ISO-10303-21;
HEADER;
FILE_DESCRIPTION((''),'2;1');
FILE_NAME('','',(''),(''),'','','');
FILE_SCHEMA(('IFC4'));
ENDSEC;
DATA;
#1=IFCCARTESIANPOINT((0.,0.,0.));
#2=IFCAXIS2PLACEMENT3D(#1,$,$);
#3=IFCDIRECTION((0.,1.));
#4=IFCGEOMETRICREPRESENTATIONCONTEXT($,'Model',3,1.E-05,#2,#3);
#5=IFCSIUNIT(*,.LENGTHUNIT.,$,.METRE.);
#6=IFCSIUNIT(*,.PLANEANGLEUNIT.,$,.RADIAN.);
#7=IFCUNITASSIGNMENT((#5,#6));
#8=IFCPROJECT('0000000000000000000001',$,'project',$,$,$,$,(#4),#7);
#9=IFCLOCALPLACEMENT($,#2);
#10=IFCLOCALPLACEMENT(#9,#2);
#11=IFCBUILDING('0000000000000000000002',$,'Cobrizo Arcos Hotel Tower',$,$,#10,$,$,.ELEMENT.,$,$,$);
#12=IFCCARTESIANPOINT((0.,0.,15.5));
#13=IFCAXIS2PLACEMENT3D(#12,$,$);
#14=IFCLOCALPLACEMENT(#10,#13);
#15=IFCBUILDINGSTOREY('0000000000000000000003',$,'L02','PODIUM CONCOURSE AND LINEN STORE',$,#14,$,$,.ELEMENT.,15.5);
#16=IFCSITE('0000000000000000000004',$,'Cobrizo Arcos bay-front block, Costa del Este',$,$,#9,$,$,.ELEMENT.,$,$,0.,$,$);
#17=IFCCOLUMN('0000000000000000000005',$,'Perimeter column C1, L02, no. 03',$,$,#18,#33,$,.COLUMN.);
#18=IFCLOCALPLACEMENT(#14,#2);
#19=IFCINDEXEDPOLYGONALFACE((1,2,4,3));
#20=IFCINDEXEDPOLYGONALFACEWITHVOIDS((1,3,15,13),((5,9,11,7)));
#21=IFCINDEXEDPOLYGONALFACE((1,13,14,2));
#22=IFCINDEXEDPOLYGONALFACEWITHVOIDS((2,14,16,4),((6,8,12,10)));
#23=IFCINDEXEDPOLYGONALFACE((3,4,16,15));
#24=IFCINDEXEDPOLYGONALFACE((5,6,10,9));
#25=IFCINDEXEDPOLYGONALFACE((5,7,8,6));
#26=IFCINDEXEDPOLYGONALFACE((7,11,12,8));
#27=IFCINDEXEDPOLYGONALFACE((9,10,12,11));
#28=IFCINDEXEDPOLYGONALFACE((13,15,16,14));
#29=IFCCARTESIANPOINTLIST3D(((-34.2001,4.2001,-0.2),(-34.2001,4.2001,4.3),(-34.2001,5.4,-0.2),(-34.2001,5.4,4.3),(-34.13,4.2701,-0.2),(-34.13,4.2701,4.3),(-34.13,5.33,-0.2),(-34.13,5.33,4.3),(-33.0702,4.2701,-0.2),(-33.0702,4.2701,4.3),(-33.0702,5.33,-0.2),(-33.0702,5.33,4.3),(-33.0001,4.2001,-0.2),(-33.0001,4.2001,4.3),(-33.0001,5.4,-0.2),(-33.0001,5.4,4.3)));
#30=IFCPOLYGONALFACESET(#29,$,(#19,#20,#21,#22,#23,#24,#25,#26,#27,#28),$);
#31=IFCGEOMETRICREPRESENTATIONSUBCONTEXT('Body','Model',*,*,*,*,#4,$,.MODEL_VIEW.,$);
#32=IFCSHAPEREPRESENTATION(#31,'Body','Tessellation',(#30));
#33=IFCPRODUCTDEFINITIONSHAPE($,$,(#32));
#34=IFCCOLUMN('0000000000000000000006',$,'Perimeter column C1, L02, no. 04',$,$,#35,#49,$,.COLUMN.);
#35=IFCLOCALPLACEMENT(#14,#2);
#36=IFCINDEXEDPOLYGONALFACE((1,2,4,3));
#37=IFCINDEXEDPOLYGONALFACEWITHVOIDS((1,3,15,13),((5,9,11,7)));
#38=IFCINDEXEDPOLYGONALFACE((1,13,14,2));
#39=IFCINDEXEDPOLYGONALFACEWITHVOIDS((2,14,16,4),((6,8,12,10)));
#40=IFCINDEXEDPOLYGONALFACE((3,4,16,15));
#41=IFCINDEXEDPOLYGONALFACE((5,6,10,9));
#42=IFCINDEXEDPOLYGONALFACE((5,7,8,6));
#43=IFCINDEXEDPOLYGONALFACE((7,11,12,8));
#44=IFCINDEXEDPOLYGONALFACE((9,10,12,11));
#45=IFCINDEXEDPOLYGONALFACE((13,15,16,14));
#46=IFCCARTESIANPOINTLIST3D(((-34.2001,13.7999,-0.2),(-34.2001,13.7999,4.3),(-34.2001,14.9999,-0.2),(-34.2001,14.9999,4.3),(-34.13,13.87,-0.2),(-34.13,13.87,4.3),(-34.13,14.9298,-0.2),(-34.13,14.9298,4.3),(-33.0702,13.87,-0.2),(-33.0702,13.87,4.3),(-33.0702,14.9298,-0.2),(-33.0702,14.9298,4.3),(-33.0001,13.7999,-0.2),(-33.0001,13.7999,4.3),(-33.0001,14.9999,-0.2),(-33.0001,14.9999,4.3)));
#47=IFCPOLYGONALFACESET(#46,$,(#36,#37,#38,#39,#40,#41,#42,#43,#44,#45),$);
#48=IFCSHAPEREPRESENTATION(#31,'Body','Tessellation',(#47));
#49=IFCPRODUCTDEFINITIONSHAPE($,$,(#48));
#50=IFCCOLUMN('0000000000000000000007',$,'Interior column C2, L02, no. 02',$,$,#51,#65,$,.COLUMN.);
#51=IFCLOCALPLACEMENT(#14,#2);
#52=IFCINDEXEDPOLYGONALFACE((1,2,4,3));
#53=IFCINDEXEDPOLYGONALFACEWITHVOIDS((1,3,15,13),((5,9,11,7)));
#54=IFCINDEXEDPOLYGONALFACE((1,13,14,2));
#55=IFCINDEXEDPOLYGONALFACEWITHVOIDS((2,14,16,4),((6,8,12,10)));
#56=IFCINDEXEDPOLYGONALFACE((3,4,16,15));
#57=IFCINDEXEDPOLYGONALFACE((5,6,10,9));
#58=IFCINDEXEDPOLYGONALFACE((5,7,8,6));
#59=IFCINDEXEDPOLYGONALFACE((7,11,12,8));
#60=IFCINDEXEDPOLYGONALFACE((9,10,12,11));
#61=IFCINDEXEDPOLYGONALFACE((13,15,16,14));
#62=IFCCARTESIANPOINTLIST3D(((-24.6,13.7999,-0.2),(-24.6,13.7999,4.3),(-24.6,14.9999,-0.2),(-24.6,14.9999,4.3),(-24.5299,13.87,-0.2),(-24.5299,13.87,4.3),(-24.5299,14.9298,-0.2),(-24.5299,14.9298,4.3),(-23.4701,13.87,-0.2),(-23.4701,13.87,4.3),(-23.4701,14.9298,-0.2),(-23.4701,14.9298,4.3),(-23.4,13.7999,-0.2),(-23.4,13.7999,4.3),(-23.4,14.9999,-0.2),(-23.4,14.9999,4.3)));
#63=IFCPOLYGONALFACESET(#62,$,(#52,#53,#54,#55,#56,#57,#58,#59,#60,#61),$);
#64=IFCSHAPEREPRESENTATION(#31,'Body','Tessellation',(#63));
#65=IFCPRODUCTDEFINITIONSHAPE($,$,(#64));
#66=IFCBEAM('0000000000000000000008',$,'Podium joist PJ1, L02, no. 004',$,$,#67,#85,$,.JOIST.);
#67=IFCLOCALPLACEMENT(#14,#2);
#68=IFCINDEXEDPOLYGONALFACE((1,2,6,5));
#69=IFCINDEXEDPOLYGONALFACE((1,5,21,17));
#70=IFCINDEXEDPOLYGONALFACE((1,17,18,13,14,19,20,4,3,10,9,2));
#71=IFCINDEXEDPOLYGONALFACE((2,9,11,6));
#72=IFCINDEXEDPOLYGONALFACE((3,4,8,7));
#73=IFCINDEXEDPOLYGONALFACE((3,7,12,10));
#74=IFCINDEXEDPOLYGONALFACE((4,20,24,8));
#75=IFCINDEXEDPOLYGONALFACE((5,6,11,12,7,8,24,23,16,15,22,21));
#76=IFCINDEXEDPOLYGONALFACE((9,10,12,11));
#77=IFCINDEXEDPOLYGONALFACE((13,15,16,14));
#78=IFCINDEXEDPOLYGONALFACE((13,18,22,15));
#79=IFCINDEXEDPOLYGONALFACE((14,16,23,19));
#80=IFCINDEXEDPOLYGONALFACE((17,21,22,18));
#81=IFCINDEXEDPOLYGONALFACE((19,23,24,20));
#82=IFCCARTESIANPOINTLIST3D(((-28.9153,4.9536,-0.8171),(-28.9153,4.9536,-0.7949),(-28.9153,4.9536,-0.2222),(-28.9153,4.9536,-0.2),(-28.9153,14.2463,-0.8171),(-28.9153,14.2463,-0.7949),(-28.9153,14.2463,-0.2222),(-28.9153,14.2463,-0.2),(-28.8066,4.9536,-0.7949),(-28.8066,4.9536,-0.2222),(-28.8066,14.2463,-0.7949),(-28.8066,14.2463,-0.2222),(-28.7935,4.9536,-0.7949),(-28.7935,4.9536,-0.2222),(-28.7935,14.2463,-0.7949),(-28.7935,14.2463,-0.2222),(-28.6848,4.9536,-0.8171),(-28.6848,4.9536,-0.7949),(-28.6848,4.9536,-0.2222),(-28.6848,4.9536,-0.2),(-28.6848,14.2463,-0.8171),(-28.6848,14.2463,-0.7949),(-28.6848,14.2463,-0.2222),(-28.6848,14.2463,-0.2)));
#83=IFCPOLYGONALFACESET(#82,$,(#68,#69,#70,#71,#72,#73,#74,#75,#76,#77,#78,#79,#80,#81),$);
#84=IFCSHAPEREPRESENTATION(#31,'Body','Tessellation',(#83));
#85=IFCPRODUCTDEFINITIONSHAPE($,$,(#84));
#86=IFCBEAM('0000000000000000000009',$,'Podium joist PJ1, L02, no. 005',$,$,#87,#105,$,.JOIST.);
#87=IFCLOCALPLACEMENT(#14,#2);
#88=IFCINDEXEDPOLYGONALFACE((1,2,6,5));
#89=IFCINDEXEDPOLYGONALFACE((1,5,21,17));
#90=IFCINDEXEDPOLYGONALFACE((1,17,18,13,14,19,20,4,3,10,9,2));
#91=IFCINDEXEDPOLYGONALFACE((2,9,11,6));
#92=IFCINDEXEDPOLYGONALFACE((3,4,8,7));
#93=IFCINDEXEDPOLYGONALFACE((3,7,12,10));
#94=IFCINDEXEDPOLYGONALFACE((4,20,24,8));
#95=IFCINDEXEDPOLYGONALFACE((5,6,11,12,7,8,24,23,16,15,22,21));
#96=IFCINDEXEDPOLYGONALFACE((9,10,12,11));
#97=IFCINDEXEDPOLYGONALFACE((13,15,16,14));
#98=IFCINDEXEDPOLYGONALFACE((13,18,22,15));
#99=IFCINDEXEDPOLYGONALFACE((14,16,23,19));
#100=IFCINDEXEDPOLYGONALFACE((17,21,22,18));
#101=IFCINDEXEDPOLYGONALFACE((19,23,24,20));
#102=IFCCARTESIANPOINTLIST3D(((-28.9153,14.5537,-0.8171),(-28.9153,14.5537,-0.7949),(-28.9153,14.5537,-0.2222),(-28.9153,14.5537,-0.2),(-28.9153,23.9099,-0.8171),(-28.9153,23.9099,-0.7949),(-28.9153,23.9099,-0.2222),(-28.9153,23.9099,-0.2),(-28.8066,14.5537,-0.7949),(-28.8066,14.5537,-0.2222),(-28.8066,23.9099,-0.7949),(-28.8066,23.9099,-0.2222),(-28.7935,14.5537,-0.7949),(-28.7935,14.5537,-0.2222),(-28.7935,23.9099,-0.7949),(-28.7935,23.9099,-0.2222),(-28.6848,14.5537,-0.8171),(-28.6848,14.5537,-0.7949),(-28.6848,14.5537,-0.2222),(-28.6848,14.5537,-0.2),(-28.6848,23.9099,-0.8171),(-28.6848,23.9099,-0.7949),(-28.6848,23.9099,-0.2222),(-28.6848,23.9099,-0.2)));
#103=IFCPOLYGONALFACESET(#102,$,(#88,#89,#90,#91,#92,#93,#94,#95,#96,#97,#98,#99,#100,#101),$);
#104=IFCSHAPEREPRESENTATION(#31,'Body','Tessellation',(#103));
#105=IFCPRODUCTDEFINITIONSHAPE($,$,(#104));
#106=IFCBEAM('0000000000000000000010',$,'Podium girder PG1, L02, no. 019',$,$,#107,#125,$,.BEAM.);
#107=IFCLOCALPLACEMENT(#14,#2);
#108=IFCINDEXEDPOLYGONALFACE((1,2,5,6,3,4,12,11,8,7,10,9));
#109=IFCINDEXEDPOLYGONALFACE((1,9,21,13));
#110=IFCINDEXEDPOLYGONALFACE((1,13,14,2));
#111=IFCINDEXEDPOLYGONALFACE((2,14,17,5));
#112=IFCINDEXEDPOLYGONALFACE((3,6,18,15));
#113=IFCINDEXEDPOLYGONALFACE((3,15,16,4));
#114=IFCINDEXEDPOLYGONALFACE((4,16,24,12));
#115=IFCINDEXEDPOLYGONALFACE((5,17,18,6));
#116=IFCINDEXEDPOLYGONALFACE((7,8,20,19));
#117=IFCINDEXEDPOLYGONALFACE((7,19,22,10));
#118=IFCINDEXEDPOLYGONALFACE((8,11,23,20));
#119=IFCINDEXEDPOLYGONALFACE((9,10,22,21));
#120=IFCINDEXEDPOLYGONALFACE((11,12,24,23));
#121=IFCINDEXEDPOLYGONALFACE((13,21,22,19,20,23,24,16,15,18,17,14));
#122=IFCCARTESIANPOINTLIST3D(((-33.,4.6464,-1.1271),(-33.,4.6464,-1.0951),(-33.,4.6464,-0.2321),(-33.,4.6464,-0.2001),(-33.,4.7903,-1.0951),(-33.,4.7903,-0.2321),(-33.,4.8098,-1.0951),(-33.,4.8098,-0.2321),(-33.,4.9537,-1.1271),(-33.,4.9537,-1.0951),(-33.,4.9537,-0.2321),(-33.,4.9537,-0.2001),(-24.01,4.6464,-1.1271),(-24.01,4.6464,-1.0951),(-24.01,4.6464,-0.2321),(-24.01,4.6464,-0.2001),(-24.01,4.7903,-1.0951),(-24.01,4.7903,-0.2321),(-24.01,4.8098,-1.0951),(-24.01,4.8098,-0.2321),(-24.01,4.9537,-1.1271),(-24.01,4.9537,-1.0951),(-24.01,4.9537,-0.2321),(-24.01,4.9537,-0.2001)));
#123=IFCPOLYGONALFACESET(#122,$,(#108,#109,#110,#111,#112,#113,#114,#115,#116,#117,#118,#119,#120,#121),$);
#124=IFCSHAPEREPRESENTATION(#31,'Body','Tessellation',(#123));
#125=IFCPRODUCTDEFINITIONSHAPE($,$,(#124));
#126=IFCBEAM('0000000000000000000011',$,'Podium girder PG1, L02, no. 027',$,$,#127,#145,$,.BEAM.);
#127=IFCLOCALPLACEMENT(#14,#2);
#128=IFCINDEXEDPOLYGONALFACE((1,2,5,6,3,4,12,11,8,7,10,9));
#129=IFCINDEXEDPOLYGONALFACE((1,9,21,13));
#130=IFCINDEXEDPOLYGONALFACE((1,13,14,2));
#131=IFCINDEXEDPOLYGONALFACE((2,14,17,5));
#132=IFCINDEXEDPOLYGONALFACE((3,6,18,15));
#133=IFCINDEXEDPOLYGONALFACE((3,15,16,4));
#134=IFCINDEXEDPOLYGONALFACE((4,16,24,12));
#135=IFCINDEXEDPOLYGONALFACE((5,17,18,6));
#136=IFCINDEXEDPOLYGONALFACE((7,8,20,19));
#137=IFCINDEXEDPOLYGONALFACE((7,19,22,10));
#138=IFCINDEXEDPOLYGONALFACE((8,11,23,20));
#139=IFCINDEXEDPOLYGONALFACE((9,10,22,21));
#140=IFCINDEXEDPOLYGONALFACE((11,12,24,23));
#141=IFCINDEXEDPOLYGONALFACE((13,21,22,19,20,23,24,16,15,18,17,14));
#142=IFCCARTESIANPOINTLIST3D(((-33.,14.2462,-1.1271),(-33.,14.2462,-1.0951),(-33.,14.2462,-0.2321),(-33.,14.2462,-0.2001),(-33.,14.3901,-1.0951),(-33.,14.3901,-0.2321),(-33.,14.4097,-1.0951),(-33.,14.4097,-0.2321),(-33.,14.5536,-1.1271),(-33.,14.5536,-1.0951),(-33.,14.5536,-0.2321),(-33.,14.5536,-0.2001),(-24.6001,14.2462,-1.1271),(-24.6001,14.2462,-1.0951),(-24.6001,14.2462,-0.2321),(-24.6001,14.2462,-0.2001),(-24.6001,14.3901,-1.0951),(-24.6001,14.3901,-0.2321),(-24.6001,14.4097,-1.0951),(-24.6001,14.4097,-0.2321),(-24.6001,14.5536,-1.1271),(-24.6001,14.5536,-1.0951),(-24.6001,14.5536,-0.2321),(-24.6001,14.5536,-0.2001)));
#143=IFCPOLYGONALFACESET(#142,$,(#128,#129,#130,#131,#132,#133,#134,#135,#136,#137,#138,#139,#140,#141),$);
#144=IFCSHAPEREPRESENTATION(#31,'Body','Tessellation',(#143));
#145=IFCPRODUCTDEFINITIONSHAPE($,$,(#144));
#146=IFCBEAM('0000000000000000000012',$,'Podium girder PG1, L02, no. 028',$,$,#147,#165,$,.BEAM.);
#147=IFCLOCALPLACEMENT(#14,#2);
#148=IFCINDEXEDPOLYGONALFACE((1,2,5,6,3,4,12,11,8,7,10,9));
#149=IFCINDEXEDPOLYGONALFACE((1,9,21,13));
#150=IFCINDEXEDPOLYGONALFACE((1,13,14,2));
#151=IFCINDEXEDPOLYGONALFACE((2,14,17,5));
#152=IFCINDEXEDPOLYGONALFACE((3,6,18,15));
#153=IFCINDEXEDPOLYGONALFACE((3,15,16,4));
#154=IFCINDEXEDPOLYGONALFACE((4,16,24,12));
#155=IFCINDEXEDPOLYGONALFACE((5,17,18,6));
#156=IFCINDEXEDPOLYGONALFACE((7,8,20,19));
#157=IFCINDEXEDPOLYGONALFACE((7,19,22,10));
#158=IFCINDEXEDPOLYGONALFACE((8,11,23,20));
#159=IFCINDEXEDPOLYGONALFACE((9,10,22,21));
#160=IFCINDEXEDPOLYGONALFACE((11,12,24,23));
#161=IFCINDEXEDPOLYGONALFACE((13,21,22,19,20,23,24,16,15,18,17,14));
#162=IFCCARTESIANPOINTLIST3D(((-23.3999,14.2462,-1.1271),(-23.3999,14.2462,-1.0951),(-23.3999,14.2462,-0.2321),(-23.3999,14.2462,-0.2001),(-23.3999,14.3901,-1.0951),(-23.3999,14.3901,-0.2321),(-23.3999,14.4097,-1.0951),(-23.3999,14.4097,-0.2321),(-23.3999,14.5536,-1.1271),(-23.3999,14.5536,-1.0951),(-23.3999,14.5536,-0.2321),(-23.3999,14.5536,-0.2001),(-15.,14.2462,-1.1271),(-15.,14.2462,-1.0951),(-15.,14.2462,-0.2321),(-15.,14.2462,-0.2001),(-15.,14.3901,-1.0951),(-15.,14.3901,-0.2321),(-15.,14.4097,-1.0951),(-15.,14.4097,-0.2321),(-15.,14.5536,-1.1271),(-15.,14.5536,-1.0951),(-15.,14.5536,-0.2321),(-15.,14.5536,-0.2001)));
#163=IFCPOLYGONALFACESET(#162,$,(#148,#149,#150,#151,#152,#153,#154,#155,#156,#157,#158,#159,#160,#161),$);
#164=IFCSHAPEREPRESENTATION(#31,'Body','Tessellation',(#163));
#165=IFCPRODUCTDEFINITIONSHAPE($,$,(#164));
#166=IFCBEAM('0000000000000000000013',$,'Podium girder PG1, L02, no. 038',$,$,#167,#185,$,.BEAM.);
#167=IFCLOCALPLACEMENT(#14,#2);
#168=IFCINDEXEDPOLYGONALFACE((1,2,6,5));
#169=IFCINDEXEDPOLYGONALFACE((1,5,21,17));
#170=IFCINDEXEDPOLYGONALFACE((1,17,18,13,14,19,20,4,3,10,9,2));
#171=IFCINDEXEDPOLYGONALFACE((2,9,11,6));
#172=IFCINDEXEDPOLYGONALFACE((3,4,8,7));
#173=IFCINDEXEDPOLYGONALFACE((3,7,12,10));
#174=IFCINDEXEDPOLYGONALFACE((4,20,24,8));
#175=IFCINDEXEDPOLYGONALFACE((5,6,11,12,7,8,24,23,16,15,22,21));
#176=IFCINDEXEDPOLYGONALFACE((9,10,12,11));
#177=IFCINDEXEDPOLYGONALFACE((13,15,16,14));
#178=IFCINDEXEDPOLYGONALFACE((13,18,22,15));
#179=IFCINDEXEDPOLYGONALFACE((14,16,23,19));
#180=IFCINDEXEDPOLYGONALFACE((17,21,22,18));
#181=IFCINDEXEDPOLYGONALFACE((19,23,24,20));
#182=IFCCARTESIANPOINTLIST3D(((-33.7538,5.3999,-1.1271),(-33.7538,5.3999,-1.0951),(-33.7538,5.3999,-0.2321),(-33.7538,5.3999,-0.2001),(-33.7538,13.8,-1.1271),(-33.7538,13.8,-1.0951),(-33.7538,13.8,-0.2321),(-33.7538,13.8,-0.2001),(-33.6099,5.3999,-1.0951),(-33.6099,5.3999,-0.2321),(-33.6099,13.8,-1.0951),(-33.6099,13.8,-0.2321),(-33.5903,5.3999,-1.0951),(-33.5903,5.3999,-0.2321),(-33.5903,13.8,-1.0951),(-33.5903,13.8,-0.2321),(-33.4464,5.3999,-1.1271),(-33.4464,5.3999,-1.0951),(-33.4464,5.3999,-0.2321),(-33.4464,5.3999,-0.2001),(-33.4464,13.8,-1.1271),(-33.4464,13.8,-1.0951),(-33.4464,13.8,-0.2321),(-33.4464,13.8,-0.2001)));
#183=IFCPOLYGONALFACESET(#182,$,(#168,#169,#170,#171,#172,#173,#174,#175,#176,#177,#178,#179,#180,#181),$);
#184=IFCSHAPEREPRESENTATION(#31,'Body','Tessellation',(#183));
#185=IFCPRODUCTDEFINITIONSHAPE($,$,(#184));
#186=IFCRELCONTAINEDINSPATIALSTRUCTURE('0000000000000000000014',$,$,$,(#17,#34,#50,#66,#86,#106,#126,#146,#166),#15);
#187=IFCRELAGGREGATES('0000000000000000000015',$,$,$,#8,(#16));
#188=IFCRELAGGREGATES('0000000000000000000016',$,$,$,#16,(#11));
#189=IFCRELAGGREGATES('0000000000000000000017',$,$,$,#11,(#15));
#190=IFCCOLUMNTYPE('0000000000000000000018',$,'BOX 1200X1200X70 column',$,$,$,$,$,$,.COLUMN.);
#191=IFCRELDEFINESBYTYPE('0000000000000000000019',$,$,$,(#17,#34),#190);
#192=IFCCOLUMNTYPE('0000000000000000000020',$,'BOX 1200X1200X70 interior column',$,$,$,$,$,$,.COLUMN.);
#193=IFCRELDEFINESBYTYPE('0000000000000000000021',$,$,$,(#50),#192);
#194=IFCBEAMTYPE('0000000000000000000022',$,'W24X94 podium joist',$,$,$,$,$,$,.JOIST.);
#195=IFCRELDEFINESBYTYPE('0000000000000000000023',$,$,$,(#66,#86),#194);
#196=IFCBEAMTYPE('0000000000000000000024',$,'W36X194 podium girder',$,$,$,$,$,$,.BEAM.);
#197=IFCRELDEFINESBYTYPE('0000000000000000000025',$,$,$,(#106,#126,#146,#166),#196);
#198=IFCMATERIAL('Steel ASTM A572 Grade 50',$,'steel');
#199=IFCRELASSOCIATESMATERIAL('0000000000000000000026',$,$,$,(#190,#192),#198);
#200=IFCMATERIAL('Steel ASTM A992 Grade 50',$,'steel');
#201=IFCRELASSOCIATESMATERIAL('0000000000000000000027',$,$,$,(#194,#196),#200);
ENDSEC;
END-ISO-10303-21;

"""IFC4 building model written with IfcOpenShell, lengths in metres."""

from ifc_helpers import new_model, si_unit, direction, frame, origin, origin_2d, place, context, subcontext, project, spatial, hollow_rectangle, i_section, extrude, material, material_profile, profile_set, type_object, element, save


model = new_model("IFC4")

# Units and contexts
model_context = context("Model", 3, precision=1e-05, world=origin(), true_north=direction((0.0, 1.0)))
body_context = subcontext(model_context, "Body", "Model", "MODEL_VIEW")
ifc_project = project(units=[si_unit("LENGTHUNIT", "METRE"), si_unit("PLANEANGLEUNIT", "RADIAN")], contexts=[model_context])

# Site, building, storey
site_placement = place(None, origin())
site = spatial("IfcSite", under=ifc_project, at=site_placement, Name="Cobrizo Arcos bay-front block, Costa del Este", CompositionType="ELEMENT", RefElevation=0.0)
building_placement = place(site_placement, origin())
building = spatial("IfcBuilding", under=site, at=building_placement, Name="Cobrizo Arcos Hotel Tower", CompositionType="ELEMENT")
storey_placement = place(building_placement, frame((0.0, 0.0, 15.5)))
storey = spatial("IfcBuildingStorey", under=building, at=storey_placement, Name="L02", Description="PODIUM CONCOURSE AND LINEN STORE", CompositionType="ELEMENT", Elevation=15.5)

# Columns
ifc_material_1 = material(Name="Steel ASTM A572 Grade 50", Category="steel")
ifc_material_profile_1 = material_profile(ifc_material_1, hollow_rectangle(XDim=1.2, YDim=1.2, WallThickness=0.0701, at=origin_2d()), Name="BOX 1200X1200X70")
ifc_profile_set_1 = profile_set([ifc_material_profile_1], Name="Steel ASTM A572 Grade 50")
column_type_1 = type_object("IfcColumnType", Name="BOX 1200X1200X70 column", PredefinedType="COLUMN", material=ifc_profile_set_1)
for number, where, z_axis, x_axis, name in (
    (1, (-33.6001, 4.8, -0.2), (0.0, 0.0, 1.0), (1.0, 0.0, 0.0), "Perimeter column C1, L02, no. 03"),
    (2, (-33.6001, 14.3999, -0.2), (0.0, 0.0, 1.0), (1.0, 0.0, 0.0), "Perimeter column C1, L02, no. 04"),
):
    element("IfcColumn", number, at=place(storey_placement, frame(where, z_axis=z_axis, x_axis=x_axis)), inside=storey, type_object=column_type_1, Name=name, PredefinedType="COLUMN", context=body_context, shape_type="SweptSolid", body=[
        extrude(hollow_rectangle(XDim=1.2, YDim=1.2, WallThickness=0.0701, at=origin_2d()), origin(), (0.0, 0.0, 1.0), 4.5),
    ])
ifc_material_profile_2 = material_profile(ifc_material_1, hollow_rectangle(XDim=1.2, YDim=1.2, WallThickness=0.0701, at=origin_2d()), Name="BOX 1200X1200X70")
ifc_profile_set_2 = profile_set([ifc_material_profile_2], Name="Steel ASTM A572 Grade 50")
column_type_2 = type_object("IfcColumnType", Name="BOX 1200X1200X70 interior column", PredefinedType="COLUMN", material=ifc_profile_set_2)
column_placement = place(storey_placement, frame((-24.0, 14.3999, -0.2), z_axis=(0.0, 0.0, 1.0), x_axis=(1.0, 0.0, 0.0)))
element("IfcColumn", 3, at=column_placement, inside=storey, type_object=column_type_2, Name="Interior column C2, L02, no. 02", PredefinedType="COLUMN", context=body_context, shape_type="SweptSolid", body=[
    extrude(hollow_rectangle(XDim=1.2, YDim=1.2, WallThickness=0.0701, at=origin_2d()), origin(), (0.0, 0.0, 1.0), 4.5),
])

# Beams
ifc_material_2 = material(Name="Steel ASTM A992 Grade 50", Category="steel")
ifc_material_profile_3 = material_profile(ifc_material_2, i_section(OverallWidth=0.2305, OverallDepth=0.6172, WebThickness=0.0132, FlangeThickness=0.0222, at=origin_2d()), Name="W24X94")
ifc_profile_set_3 = profile_set([ifc_material_profile_3], Name="Steel ASTM A992 Grade 50")
beam_type_1 = type_object("IfcBeamType", Name="W24X94 podium joist", PredefinedType="JOIST", material=ifc_profile_set_3)
beam_1_placement = place(storey_placement, frame((-28.8, 4.9536, -0.5085), z_axis=(0.0, 1.0, 0.0), x_axis=(-1.0, 0.0, 0.0)))
element("IfcBeam", 4, at=beam_1_placement, inside=storey, type_object=beam_type_1, Name="Podium joist PJ1, L02, no. 004", PredefinedType="JOIST", context=body_context, shape_type="SweptSolid", body=[
    extrude(i_section(OverallWidth=0.2305, OverallDepth=0.6172, WebThickness=0.0132, FlangeThickness=0.0222, at=origin_2d()), origin(), (0.0, 0.0, 1.0), 9.2927),
])
beam_2_placement = place(storey_placement, frame((-28.8, 14.5537, -0.5085), z_axis=(0.0, 1.0, 0.0), x_axis=(-1.0, 0.0, 0.0)))
element("IfcBeam", 5, at=beam_2_placement, inside=storey, type_object=beam_type_1, Name="Podium joist PJ1, L02, no. 005", PredefinedType="JOIST", context=body_context, shape_type="SweptSolid", body=[
    extrude(i_section(OverallWidth=0.2305, OverallDepth=0.6172, WebThickness=0.0132, FlangeThickness=0.0222, at=origin_2d()), origin(), (0.0, 0.0, 1.0), 9.3562),
])
ifc_material_profile_4 = material_profile(ifc_material_2, i_section(OverallWidth=0.3074, OverallDepth=0.927, WebThickness=0.0195, FlangeThickness=0.032, at=origin_2d()), Name="W36X194")
ifc_profile_set_4 = profile_set([ifc_material_profile_4], Name="Steel ASTM A992 Grade 50")
beam_type_2 = type_object("IfcBeamType", Name="W36X194 podium girder", PredefinedType="BEAM", material=ifc_profile_set_4)
beam_3_placement = place(storey_placement, frame((-33.0, 4.8, -0.6636), z_axis=(1.0, 0.0, 0.0), x_axis=(0.0, 1.0, 0.0)))
element("IfcBeam", 6, at=beam_3_placement, inside=storey, type_object=beam_type_2, Name="Podium girder PG1, L02, no. 019", PredefinedType="BEAM", context=body_context, shape_type="SweptSolid", body=[
    extrude(i_section(OverallWidth=0.3074, OverallDepth=0.927, WebThickness=0.0195, FlangeThickness=0.032, at=origin_2d()), origin(), (0.0, 0.0, 1.0), 8.99),
])
for number, where, z_axis, x_axis, name in (
    (7, (-33.0, 14.3999, -0.6636), (1.0, 0.0, 0.0), (0.0, 1.0, 0.0), "Podium girder PG1, L02, no. 027"),
    (8, (-23.3999, 14.3999, -0.6636), (1.0, 0.0, 0.0), (0.0, 1.0, 0.0), "Podium girder PG1, L02, no. 028"),
):
    element("IfcBeam", number, at=place(storey_placement, frame(where, z_axis=z_axis, x_axis=x_axis)), inside=storey, type_object=beam_type_2, Name=name, PredefinedType="BEAM", context=body_context, shape_type="SweptSolid", body=[
        extrude(i_section(OverallWidth=0.3074, OverallDepth=0.927, WebThickness=0.0195, FlangeThickness=0.032, at=origin_2d()), origin(), (0.0, 0.0, 1.0), 8.3999),
    ])
beam_4_placement = place(storey_placement, frame((-33.6001, 5.3999, -0.6636), z_axis=(0.0, 1.0, 0.0), x_axis=(-1.0, 0.0, 0.0)))
element("IfcBeam", 9, at=beam_4_placement, inside=storey, type_object=beam_type_2, Name="Podium girder PG1, L02, no. 038", PredefinedType="BEAM", context=body_context, shape_type="SweptSolid", body=[
    extrude(i_section(OverallWidth=0.3074, OverallDepth=0.927, WebThickness=0.0195, FlangeThickness=0.032, at=origin_2d()), origin(), (0.0, 0.0, 1.0), 8.4001),
])

save(model, "model.ifc")
